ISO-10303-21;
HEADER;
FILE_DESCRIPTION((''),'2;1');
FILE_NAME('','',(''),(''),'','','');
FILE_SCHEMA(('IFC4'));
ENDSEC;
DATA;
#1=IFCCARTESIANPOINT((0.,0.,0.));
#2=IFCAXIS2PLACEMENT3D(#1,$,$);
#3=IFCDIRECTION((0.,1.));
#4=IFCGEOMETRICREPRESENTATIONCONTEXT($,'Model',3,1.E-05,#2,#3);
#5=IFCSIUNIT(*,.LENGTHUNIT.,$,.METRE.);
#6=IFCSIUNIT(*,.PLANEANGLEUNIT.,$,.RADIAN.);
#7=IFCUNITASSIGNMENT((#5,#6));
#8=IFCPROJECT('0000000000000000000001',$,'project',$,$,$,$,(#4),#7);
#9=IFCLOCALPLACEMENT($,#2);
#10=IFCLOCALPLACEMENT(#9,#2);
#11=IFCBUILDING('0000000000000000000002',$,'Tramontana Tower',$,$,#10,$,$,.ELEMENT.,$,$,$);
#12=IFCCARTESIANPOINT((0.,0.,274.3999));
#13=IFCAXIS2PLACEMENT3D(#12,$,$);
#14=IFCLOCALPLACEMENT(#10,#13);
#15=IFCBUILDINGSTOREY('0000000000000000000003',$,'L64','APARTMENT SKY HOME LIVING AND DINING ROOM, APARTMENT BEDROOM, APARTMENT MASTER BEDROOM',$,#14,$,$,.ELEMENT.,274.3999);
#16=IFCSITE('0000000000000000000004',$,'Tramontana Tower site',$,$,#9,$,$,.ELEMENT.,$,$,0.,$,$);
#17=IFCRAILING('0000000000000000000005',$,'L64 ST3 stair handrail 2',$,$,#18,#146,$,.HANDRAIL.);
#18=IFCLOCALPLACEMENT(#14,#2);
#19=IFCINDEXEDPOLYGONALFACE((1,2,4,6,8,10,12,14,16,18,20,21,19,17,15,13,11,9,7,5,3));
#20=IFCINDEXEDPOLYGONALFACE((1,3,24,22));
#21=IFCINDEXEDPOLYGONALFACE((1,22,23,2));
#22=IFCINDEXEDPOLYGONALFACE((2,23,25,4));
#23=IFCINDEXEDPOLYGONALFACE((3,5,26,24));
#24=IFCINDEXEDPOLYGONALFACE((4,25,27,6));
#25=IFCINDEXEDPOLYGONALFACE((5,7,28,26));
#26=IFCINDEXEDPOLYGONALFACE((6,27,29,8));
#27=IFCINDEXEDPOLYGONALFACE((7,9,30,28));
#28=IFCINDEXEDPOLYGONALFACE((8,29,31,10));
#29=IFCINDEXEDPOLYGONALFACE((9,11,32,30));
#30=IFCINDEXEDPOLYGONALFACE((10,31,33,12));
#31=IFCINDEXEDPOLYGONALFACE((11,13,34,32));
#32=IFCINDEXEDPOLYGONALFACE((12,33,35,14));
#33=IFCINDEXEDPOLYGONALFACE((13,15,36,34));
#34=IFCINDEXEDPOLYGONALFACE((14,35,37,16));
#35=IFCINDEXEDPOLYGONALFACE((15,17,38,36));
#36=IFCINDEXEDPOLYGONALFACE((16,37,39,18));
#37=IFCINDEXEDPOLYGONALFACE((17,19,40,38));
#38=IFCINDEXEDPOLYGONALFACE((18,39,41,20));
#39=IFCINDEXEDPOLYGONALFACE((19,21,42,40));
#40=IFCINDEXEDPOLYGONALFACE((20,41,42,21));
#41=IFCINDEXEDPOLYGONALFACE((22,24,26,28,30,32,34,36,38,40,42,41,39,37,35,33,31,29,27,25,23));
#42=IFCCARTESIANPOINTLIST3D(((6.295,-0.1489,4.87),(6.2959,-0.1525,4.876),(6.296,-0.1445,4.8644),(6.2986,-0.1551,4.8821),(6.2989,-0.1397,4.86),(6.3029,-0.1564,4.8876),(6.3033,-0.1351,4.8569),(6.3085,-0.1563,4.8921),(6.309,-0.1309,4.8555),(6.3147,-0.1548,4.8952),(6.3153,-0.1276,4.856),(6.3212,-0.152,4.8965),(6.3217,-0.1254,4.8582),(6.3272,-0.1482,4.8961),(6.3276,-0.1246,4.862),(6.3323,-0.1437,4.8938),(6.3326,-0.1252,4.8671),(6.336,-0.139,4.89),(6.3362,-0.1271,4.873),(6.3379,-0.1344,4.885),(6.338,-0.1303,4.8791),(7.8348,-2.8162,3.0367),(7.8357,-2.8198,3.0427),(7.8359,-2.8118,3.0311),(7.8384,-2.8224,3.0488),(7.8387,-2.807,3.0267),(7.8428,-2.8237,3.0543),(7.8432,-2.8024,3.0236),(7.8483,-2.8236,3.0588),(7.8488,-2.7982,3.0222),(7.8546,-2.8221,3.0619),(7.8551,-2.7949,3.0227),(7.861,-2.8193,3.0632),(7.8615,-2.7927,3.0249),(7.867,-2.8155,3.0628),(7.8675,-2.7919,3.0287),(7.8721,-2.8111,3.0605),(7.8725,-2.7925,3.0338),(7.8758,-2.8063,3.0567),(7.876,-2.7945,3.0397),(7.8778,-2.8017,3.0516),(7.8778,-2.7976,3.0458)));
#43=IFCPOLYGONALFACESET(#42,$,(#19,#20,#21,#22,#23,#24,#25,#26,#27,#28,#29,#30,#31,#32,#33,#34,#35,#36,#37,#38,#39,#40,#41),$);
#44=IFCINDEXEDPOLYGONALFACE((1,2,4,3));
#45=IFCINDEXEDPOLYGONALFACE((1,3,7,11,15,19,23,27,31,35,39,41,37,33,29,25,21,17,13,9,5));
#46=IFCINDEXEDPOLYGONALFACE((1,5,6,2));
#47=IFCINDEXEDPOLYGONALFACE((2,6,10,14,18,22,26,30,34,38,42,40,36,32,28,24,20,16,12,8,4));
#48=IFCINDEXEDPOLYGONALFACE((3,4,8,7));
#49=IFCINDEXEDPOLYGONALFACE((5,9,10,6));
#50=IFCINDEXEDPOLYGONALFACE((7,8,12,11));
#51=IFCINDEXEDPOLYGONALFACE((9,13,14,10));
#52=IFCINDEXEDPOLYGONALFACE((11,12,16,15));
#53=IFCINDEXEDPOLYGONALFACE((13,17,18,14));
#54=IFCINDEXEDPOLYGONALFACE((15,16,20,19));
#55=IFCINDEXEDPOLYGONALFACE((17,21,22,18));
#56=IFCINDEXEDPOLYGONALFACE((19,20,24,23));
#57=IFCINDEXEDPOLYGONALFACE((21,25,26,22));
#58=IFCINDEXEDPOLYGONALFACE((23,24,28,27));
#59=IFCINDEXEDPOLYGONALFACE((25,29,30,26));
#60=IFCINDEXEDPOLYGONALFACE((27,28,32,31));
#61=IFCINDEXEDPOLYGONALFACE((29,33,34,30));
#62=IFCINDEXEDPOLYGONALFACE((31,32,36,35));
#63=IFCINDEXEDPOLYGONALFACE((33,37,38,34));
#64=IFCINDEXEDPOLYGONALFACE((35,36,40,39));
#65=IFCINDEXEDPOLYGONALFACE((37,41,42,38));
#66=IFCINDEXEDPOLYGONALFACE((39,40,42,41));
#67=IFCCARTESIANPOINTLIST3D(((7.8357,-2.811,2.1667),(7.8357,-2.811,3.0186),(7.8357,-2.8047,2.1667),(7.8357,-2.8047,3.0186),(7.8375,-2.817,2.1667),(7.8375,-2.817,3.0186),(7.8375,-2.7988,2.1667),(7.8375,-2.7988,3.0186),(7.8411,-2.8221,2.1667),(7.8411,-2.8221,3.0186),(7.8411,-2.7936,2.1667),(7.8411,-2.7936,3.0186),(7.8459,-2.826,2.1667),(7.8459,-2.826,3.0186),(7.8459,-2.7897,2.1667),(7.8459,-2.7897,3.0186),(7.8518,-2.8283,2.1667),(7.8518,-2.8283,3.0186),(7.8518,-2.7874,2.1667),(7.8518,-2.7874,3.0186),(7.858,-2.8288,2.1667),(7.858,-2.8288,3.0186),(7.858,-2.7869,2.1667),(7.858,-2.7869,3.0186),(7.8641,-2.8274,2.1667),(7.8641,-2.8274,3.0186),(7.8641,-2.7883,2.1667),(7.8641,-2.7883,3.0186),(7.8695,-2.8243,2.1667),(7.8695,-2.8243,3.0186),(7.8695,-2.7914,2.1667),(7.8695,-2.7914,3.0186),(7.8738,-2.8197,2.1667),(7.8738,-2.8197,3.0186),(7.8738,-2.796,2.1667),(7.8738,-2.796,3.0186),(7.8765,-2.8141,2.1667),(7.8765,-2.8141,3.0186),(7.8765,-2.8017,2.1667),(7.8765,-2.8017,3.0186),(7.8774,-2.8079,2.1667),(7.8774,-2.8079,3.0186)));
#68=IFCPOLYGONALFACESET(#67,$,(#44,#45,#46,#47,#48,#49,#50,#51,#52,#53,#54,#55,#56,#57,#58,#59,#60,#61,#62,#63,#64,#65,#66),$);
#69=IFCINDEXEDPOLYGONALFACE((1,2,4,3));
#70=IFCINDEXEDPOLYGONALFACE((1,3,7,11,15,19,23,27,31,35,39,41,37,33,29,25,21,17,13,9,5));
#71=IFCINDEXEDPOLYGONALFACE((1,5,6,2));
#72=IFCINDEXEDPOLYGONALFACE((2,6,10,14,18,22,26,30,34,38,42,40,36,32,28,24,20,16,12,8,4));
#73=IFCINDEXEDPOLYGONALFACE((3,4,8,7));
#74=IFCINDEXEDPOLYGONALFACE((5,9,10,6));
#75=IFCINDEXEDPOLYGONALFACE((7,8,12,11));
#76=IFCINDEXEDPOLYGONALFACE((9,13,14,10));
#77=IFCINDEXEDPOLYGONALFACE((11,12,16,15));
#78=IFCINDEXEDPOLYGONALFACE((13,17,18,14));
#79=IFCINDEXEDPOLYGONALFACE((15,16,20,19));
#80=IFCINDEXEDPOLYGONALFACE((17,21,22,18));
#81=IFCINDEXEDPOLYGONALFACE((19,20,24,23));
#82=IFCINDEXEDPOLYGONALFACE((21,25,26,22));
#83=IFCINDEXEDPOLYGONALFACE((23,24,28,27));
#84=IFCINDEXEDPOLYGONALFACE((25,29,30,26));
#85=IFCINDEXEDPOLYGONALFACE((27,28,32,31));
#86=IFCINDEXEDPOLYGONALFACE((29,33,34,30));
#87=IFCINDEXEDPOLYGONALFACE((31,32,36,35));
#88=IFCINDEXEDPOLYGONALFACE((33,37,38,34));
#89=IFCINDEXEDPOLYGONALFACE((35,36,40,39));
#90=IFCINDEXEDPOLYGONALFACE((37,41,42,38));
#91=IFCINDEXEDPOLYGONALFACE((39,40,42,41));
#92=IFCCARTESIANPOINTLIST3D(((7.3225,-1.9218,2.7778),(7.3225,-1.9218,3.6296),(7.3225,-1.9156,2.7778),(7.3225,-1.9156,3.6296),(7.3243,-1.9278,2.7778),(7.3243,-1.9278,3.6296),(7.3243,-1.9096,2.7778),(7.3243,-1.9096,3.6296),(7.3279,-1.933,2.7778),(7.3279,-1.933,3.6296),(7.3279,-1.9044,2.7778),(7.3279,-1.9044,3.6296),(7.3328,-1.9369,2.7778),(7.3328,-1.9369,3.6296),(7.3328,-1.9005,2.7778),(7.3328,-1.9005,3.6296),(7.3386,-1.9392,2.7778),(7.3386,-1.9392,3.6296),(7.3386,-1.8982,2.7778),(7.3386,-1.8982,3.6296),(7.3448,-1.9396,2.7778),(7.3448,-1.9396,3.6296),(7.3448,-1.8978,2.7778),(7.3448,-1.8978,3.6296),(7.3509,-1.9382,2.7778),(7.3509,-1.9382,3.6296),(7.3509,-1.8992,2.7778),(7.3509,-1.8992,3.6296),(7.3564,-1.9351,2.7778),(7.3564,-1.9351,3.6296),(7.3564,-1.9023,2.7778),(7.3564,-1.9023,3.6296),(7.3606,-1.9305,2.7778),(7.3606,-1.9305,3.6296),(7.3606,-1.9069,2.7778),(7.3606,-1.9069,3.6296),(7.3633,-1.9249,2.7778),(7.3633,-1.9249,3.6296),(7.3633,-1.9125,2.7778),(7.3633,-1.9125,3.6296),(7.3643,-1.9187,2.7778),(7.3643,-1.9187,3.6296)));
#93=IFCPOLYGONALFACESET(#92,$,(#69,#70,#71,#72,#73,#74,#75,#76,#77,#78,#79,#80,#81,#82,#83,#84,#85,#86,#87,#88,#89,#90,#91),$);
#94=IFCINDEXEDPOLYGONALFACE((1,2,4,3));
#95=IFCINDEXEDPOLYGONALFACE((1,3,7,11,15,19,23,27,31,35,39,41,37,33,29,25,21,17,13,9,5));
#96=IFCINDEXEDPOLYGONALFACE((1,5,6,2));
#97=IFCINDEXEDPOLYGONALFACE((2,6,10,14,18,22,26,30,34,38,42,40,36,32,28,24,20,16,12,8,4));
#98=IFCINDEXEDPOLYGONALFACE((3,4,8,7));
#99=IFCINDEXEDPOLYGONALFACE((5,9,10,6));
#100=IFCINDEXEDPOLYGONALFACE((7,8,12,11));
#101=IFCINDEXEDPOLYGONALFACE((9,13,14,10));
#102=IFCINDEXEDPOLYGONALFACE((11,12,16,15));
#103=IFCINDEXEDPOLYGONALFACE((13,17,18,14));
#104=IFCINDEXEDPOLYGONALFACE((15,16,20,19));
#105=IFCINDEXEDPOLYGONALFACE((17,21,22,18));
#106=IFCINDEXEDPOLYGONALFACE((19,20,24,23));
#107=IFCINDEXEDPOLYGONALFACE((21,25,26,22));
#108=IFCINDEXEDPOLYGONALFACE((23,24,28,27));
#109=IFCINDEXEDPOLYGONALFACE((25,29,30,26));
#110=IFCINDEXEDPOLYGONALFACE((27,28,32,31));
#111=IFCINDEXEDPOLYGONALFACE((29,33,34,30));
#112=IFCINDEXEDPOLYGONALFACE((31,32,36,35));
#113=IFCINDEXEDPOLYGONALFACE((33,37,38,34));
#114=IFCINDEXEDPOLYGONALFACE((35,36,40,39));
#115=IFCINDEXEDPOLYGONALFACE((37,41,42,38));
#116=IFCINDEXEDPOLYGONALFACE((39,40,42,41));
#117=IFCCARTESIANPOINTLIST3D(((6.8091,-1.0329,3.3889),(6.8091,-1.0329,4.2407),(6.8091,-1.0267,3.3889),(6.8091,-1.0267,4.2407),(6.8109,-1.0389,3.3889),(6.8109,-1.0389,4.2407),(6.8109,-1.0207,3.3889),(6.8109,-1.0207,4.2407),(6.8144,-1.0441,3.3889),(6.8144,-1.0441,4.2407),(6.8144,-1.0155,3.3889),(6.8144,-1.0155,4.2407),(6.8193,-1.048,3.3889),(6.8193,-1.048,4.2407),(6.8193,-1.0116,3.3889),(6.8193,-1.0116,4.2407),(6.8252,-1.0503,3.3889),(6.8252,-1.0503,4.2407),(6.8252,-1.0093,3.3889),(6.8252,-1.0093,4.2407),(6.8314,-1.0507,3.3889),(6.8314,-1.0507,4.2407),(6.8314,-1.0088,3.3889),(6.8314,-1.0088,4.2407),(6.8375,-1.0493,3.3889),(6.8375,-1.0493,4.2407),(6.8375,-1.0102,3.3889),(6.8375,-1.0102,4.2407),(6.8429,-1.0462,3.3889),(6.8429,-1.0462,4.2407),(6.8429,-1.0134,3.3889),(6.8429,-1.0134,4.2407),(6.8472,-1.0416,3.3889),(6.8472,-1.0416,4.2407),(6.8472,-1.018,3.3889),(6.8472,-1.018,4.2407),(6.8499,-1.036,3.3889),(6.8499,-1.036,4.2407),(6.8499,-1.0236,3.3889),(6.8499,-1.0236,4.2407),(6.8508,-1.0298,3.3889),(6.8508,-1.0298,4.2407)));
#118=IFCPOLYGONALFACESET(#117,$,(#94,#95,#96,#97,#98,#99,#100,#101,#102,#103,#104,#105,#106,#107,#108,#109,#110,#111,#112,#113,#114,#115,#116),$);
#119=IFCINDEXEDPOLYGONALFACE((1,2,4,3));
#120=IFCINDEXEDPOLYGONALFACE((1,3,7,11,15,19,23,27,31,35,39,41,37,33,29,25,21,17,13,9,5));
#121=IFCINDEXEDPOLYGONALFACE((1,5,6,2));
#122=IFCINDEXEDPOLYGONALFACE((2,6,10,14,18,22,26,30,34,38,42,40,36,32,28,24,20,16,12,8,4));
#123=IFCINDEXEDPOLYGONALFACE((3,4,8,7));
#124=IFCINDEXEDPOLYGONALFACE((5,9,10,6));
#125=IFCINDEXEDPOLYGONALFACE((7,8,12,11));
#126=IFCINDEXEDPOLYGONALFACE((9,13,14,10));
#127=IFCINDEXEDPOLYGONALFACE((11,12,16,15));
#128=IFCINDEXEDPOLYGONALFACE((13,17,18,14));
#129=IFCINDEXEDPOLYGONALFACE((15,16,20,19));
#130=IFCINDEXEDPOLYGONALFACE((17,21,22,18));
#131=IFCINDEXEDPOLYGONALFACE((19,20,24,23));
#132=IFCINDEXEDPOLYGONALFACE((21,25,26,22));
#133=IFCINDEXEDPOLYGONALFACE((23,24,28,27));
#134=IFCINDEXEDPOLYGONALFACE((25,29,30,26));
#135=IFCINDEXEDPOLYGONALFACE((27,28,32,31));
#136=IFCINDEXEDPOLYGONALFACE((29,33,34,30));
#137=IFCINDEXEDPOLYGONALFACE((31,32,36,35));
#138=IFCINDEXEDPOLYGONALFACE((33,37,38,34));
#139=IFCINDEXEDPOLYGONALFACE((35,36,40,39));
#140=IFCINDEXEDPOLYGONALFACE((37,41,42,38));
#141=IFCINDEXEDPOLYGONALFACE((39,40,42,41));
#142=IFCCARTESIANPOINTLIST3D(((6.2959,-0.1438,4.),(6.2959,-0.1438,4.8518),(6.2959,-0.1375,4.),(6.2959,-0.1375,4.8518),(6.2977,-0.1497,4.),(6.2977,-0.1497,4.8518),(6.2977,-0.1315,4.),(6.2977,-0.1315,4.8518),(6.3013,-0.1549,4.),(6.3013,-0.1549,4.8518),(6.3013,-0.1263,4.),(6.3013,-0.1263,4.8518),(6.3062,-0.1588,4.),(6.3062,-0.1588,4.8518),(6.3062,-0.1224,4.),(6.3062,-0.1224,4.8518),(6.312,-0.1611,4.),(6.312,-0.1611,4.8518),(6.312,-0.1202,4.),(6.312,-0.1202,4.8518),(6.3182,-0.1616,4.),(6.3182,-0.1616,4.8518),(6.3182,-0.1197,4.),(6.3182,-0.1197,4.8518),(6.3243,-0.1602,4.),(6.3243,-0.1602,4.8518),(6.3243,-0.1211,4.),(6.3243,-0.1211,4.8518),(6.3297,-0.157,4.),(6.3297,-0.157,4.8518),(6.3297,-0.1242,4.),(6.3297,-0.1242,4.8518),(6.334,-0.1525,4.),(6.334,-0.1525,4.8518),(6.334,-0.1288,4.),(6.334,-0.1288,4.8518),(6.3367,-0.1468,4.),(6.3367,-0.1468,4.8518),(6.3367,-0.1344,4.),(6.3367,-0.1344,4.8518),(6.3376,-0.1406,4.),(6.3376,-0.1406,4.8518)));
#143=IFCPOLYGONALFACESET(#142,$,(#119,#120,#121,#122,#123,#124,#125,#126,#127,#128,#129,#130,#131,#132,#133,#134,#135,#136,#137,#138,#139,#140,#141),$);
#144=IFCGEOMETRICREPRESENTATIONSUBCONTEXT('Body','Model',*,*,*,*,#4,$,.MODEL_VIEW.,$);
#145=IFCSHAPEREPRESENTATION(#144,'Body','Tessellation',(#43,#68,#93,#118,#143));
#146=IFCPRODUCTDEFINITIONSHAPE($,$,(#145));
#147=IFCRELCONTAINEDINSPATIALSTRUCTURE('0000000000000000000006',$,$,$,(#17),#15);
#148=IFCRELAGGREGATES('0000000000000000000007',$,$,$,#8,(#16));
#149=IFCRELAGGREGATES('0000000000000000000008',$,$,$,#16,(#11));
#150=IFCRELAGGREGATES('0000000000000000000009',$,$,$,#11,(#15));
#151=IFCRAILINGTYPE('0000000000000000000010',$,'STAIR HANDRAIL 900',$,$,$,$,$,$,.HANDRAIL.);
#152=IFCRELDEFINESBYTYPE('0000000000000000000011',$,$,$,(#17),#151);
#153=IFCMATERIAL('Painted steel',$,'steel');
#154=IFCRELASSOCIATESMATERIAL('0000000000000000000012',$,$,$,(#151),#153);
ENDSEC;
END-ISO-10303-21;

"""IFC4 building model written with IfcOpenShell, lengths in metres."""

from ifc_helpers import new_model, si_unit, direction, frame, origin, origin_2d, place, context, subcontext, project, spatial, circle, extrude, material, type_object, element, save


model = new_model("IFC4")

# Units and contexts
model_context = context("Model", 3, precision=1e-05, world=origin(), true_north=direction((0.0, 1.0)))
body_context = subcontext(model_context, "Body", "Model", "MODEL_VIEW")
ifc_project = project(units=[si_unit("LENGTHUNIT", "METRE"), si_unit("PLANEANGLEUNIT", "RADIAN")], contexts=[model_context])

# Site, building, storey
site_placement = place(None, origin())
site = spatial("IfcSite", under=ifc_project, at=site_placement, Name="Tramontana Tower site", CompositionType="ELEMENT", RefElevation=0.0)
building_placement = place(site_placement, origin())
building = spatial("IfcBuilding", under=site, at=building_placement, Name="Tramontana Tower", CompositionType="ELEMENT")
storey_placement = place(building_placement, frame((0.0, 0.0, 274.3999)))
storey = spatial("IfcBuildingStorey", under=building, at=storey_placement, Name="L64", Description="APARTMENT SKY HOME LIVING AND DINING ROOM, APARTMENT BEDROOM, APARTMENT MASTER BEDROOM", CompositionType="ELEMENT", Elevation=274.3999)

# Railing
ifc_material_1 = material(Name="Painted steel", Category="steel")
railing_type_1 = type_object("IfcRailingType", Name="STAIR HANDRAIL 900", PredefinedType="HANDRAIL", material=ifc_material_1)
railing_1_placement = place(storey_placement, frame((7.8564, -2.8079, 2.1667)))
element("IfcRailing", 1, at=railing_1_placement, inside=storey, type_object=railing_type_1, Name="L64 ST3 stair handrail 2", PredefinedType="HANDRAIL", context=body_context, shape_type="SweptSolid", body=[
    extrude(circle(Radius=0.0239, at=origin_2d()), frame((0.0, 0.0, 0.876), z_axis=(-0.429616, 0.744181, 0.511493), x_axis=(-0.866044, -0.499967, 0.0)), (0.0, 0.0, 1.0), 3.5842),
    extrude(circle(Radius=0.021, at=origin_2d()), origin(), (0.0, 0.0, 1.0), 0.8518),
    extrude(circle(Radius=0.021, at=origin_2d()), frame((-0.5132, 0.8892, 0.6111)), (0.0, 0.0, 1.0), 0.8518),
    extrude(circle(Radius=0.021, at=origin_2d()), frame((-1.0266, 1.7781, 1.2222)), (0.0, 0.0, 1.0), 0.8518),
    extrude(circle(Radius=0.021, at=origin_2d()), frame((-1.5398, 2.6672, 1.8333)), (0.0, 0.0, 1.0), 0.8518),
])

save(model, "model.ifc")
